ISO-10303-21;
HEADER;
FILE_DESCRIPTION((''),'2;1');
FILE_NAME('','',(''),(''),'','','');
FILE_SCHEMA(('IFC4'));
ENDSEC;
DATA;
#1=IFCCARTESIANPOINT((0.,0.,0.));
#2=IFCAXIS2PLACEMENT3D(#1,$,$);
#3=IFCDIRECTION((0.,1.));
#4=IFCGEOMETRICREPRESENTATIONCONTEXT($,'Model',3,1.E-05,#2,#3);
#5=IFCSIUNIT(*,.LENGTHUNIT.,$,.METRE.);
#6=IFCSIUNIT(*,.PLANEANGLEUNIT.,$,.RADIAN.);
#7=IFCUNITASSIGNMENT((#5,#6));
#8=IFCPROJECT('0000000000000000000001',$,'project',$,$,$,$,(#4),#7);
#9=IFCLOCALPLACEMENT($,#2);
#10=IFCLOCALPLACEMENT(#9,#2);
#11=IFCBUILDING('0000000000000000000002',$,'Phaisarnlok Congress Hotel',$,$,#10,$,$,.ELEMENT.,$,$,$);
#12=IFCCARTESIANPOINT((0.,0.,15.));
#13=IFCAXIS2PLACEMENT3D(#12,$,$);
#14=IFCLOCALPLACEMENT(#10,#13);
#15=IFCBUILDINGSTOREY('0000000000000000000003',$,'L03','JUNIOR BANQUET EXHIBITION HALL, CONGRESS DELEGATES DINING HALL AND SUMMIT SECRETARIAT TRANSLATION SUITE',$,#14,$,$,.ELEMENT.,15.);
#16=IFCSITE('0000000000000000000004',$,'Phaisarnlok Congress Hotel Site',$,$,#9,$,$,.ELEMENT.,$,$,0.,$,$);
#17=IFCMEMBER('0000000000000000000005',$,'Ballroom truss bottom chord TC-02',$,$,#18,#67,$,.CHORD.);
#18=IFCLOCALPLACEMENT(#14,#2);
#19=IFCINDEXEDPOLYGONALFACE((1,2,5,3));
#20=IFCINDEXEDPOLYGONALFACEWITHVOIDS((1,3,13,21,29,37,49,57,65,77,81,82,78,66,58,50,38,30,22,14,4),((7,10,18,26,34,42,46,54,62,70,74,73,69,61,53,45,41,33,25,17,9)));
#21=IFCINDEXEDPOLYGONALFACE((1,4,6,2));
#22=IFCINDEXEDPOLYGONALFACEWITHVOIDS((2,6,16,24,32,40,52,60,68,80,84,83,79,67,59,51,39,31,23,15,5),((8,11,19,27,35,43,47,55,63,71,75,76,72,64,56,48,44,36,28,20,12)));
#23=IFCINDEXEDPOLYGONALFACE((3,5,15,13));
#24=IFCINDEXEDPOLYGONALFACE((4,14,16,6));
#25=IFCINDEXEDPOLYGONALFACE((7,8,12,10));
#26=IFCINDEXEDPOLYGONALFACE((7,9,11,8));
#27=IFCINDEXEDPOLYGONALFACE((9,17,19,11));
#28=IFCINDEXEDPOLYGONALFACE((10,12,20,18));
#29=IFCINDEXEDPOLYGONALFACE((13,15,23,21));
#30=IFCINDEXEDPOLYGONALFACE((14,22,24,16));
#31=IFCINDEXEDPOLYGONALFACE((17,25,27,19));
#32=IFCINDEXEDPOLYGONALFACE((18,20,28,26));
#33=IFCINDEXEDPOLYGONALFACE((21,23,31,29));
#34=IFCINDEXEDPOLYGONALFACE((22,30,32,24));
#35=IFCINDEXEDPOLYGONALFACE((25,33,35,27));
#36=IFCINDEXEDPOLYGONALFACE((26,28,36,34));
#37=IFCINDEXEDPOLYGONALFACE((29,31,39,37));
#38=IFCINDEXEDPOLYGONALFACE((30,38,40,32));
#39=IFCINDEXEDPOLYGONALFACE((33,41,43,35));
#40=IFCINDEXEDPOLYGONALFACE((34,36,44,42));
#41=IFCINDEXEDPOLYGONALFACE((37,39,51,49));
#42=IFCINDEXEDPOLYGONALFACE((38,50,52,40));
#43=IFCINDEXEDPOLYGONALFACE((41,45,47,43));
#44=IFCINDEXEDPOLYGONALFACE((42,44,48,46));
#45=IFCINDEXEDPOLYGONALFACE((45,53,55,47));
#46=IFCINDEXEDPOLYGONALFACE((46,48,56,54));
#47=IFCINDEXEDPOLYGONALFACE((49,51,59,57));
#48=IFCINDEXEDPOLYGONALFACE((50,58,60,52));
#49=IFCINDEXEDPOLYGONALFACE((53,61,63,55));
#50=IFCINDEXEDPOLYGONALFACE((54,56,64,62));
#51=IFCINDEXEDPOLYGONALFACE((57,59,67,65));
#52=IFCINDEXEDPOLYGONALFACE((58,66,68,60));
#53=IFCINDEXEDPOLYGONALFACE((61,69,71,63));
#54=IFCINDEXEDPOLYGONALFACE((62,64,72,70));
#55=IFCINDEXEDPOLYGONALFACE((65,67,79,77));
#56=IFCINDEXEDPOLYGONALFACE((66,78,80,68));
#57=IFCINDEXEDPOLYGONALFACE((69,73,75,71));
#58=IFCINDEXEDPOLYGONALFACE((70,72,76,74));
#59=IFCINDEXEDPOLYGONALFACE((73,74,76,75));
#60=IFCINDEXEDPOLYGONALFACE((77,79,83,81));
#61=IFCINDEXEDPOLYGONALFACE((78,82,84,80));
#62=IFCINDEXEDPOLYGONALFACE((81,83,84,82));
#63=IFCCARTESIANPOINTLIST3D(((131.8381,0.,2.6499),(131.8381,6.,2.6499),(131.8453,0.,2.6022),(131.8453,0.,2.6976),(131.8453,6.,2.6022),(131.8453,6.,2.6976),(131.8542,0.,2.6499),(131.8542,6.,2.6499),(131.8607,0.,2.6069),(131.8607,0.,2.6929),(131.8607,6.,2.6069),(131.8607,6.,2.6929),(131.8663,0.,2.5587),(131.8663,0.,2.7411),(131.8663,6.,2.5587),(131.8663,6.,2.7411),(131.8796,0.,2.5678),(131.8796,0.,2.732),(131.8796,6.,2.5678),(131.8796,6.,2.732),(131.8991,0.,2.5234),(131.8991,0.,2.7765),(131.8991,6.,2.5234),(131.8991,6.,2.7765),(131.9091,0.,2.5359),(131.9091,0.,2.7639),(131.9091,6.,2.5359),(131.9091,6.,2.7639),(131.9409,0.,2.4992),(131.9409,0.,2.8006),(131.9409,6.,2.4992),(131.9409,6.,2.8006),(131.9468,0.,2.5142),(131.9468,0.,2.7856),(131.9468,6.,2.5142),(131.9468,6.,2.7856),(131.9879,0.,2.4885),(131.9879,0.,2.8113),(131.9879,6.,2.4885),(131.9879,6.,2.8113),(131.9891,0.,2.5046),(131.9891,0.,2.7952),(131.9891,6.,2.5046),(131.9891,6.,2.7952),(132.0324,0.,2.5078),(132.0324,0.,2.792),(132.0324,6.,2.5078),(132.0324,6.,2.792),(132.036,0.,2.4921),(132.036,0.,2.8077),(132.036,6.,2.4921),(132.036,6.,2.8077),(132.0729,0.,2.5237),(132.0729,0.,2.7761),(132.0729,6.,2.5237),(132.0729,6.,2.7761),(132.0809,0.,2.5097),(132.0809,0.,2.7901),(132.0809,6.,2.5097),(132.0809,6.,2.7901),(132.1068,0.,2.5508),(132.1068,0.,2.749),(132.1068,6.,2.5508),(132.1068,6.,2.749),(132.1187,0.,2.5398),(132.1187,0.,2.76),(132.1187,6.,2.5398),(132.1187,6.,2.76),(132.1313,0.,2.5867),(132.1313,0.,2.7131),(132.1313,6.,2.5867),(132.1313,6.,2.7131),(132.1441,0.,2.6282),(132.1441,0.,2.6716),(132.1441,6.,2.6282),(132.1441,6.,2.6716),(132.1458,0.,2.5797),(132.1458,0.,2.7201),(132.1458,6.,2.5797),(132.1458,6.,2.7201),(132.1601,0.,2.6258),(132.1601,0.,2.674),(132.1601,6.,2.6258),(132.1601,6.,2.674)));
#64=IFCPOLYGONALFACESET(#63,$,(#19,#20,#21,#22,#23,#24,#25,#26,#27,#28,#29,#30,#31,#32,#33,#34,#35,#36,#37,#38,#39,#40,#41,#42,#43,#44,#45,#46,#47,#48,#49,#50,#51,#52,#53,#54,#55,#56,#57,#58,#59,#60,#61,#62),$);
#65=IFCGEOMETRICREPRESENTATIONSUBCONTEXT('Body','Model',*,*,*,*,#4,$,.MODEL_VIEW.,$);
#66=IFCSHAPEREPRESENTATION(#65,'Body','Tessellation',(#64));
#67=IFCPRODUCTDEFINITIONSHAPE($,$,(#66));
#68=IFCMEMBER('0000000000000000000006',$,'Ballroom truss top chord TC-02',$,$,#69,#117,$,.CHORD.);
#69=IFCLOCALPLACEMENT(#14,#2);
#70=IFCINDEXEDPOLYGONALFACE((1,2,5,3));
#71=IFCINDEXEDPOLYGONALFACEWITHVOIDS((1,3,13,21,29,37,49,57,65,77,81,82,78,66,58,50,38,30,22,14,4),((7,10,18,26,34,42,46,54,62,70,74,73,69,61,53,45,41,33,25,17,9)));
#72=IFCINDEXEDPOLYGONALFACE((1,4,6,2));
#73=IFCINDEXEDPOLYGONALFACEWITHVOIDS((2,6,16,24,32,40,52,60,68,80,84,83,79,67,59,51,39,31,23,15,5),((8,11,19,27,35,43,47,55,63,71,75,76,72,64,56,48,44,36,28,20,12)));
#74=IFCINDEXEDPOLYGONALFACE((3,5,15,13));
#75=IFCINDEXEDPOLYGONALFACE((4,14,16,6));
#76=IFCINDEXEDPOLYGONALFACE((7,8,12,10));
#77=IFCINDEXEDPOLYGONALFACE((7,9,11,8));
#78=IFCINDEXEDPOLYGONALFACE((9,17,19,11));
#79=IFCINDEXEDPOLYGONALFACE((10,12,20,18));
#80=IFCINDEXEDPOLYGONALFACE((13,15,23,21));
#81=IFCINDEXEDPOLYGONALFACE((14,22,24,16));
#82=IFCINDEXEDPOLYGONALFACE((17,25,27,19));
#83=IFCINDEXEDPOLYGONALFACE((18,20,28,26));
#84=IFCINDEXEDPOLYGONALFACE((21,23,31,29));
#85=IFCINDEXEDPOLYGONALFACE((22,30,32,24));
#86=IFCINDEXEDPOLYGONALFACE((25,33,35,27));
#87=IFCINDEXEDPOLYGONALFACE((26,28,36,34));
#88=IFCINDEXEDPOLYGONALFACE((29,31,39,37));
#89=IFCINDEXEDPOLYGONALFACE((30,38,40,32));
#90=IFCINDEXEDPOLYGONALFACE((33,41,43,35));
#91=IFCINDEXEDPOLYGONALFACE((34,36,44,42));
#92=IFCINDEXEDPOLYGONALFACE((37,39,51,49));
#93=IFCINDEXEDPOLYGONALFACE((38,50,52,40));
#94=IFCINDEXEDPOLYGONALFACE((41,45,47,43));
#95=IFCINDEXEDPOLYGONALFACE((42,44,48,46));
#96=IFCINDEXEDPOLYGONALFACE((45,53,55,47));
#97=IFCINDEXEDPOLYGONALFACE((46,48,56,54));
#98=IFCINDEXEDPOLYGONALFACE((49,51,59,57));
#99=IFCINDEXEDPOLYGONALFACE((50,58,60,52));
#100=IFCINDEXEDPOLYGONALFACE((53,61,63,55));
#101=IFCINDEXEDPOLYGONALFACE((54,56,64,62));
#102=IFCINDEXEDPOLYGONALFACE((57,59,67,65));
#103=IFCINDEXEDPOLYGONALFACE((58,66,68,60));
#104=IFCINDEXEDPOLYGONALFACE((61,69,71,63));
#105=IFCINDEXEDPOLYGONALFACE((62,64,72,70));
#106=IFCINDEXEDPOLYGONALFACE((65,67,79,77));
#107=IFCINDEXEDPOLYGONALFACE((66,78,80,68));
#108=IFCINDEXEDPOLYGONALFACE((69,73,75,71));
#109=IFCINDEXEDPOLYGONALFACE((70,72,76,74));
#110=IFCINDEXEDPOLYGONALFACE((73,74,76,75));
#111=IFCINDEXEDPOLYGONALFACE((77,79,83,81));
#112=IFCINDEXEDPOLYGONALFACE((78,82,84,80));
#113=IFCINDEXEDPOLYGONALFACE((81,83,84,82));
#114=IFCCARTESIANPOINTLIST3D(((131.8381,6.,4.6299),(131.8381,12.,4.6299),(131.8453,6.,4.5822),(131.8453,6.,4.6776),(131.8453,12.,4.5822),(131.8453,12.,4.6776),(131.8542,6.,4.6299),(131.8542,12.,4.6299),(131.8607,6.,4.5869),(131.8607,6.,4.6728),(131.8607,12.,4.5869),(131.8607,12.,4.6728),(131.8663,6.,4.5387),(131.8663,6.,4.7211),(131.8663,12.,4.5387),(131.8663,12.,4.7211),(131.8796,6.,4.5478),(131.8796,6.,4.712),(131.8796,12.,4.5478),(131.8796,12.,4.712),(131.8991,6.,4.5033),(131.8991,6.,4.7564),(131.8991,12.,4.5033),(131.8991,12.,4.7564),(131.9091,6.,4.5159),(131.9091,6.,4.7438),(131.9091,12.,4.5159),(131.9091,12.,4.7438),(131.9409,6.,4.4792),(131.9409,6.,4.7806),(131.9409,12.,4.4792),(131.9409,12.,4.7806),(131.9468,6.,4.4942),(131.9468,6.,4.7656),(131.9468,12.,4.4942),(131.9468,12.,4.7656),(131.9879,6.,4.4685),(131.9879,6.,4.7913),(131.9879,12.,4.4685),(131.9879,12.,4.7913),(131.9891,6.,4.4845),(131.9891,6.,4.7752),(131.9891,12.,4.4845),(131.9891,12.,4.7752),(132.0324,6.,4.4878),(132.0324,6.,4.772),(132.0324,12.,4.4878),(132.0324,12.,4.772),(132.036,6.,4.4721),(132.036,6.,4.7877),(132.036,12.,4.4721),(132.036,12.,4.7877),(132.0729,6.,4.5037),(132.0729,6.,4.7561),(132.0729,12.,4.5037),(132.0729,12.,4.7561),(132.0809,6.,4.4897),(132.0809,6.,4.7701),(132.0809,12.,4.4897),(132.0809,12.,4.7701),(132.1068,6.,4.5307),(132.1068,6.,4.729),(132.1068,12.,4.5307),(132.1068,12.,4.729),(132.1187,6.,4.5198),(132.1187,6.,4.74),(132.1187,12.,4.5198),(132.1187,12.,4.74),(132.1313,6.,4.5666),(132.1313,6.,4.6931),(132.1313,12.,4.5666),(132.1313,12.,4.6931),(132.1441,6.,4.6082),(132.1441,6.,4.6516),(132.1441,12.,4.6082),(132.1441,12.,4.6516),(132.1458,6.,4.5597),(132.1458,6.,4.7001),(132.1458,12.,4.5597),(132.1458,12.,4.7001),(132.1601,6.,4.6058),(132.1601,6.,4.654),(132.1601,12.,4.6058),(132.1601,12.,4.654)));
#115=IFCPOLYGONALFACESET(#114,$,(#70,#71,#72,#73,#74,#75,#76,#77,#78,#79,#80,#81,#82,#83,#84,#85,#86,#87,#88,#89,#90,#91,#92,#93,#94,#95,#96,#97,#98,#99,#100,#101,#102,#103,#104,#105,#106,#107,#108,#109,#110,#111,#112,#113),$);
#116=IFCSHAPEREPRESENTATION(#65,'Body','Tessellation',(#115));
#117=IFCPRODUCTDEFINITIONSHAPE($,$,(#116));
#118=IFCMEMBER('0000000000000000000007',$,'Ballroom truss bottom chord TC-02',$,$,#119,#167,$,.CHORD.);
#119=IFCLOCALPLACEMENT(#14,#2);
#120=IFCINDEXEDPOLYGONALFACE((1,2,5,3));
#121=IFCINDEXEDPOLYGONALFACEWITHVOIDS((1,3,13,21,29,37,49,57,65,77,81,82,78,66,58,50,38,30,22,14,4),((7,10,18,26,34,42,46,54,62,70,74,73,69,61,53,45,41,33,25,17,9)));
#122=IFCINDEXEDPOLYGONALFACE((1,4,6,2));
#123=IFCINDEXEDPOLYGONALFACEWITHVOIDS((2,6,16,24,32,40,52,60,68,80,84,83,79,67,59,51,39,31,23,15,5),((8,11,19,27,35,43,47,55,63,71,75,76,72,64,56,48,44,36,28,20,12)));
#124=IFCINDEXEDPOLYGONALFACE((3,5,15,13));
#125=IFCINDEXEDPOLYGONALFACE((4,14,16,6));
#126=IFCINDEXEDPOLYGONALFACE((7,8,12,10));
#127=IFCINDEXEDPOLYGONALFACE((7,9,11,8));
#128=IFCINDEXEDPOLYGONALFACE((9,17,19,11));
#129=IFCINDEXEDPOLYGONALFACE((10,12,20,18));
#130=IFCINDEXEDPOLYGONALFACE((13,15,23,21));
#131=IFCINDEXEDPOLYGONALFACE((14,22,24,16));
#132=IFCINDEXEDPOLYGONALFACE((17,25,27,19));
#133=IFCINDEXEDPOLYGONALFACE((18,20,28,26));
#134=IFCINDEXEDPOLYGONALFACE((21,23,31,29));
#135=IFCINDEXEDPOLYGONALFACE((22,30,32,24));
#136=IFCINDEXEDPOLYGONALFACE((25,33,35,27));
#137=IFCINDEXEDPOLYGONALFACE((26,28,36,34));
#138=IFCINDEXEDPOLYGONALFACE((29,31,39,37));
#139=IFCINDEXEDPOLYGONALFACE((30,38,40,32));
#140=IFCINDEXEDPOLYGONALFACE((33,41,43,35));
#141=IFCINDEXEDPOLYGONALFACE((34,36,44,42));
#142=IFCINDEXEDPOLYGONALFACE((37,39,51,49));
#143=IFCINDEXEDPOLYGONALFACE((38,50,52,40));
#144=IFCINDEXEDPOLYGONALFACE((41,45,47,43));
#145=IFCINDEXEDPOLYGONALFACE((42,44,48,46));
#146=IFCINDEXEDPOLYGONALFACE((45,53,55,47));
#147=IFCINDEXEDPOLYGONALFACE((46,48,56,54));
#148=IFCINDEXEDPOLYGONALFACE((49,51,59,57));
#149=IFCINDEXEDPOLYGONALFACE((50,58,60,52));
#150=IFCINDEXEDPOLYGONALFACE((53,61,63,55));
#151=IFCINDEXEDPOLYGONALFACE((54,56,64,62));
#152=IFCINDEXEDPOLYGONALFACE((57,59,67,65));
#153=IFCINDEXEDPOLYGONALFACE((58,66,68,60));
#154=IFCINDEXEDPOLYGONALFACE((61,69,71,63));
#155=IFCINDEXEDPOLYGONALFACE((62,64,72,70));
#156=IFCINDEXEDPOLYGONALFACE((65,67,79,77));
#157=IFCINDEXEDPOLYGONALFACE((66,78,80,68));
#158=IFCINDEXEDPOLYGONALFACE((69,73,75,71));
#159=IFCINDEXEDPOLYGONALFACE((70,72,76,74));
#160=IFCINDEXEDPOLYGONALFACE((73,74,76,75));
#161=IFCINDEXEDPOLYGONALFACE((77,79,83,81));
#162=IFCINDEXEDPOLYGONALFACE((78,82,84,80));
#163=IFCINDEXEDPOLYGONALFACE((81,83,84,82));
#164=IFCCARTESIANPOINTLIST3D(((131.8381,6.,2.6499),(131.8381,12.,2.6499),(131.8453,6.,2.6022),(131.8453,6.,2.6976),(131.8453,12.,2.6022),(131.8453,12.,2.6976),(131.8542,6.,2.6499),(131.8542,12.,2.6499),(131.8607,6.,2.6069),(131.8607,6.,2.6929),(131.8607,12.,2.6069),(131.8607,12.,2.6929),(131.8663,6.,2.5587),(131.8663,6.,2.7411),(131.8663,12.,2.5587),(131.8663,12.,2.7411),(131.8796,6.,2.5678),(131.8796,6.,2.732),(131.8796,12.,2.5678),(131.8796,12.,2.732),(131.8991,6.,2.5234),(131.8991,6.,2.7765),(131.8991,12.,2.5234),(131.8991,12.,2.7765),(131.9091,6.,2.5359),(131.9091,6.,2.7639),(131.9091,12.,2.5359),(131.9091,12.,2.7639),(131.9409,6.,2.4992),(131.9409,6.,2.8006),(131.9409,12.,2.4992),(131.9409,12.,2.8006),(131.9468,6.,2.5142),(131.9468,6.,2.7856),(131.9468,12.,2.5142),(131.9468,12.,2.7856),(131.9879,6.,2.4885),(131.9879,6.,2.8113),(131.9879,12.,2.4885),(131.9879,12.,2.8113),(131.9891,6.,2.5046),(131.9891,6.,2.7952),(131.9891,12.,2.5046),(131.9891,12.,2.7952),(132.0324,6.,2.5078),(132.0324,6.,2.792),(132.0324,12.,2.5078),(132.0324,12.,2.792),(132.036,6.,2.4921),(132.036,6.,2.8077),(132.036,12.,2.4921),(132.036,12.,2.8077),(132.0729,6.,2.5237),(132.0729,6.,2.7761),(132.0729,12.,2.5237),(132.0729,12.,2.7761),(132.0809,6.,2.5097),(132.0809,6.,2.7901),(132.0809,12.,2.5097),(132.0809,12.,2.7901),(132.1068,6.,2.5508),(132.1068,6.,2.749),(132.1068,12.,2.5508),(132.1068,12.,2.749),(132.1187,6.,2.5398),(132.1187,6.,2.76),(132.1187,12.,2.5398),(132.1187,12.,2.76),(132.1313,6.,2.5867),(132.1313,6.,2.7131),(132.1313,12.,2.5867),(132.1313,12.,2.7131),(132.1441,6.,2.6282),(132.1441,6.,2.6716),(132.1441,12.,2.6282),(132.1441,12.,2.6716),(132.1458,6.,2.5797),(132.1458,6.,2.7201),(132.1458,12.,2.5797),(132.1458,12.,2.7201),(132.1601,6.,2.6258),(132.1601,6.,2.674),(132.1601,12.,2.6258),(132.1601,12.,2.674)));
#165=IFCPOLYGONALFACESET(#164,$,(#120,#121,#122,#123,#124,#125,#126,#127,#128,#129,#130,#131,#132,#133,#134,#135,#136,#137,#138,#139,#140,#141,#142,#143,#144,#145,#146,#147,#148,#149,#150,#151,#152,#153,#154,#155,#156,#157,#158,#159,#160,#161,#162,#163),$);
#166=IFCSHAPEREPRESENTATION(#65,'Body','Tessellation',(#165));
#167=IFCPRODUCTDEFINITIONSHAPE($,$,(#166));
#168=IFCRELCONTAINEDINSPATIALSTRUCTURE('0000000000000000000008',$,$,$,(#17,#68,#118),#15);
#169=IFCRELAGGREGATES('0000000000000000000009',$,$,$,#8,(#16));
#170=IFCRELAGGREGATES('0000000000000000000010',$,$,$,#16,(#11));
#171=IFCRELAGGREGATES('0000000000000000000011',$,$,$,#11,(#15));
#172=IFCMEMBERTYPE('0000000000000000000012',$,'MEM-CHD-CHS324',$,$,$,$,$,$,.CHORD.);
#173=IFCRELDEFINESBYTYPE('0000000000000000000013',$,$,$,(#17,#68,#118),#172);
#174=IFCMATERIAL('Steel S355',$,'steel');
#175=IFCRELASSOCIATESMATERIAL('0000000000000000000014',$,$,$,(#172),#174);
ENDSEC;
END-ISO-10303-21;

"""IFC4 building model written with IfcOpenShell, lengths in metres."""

from ifc_helpers import new_model, si_unit, direction, frame, origin, origin_2d, place, context, subcontext, project, spatial, hollow_circle, extrude, material, material_profile, profile_set, type_object, element, save


model = new_model("IFC4")

# Units and contexts
model_context = context("Model", 3, precision=1e-05, world=origin(), true_north=direction((0.0, 1.0)))
body_context = subcontext(model_context, "Body", "Model", "MODEL_VIEW")
ifc_project = project(units=[si_unit("LENGTHUNIT", "METRE"), si_unit("PLANEANGLEUNIT", "RADIAN")], contexts=[model_context])

# Site, building, storey
site_placement = place(None, origin())
site = spatial("IfcSite", under=ifc_project, at=site_placement, Name="Phaisarnlok Congress Hotel Site", CompositionType="ELEMENT", RefElevation=0.0)
building_placement = place(site_placement, origin())
building = spatial("IfcBuilding", under=site, at=building_placement, Name="Phaisarnlok Congress Hotel", CompositionType="ELEMENT")
storey_placement = place(building_placement, frame((0.0, 0.0, 15.0)))
storey = spatial("IfcBuildingStorey", under=building, at=storey_placement, Name="L03", Description="JUNIOR BANQUET EXHIBITION HALL, CONGRESS DELEGATES DINING HALL AND SUMMIT SECRETARIAT TRANSLATION SUITE", CompositionType="ELEMENT", Elevation=15.0)

# Members
ifc_material_1 = material(Name="Steel S355", Category="steel")
ifc_material_profile_1 = material_profile(ifc_material_1, hollow_circle(Radius=0.1619, WallThickness=0.0161, at=origin_2d()), Name="CHS 323.9x16")
ifc_profile_set_1 = profile_set([ifc_material_profile_1], Name="Steel S355")
member_type_1 = type_object("IfcMemberType", Name="MEM-CHD-CHS324", PredefinedType="CHORD", material=ifc_profile_set_1)
for number, where, z_axis, x_axis, name in (
    (1, (132.0, 0.0, 2.6499), (0.0, 1.0, 0.0), (-1.0, 0.0, 0.0), "Ballroom truss bottom chord TC-02"),
    (2, (132.0, 6.0, 4.6299), (0.0, 1.0, 0.0), (-1.0, 0.0, 0.0), "Ballroom truss top chord TC-02"),
    (3, (132.0, 6.0, 2.6499), (0.0, 1.0, 0.0), (-1.0, 0.0, 0.0), "Ballroom truss bottom chord TC-02"),
):
    element("IfcMember", number, at=place(storey_placement, frame(where, z_axis=z_axis, x_axis=x_axis)), inside=storey, type_object=member_type_1, Name=name, PredefinedType="CHORD", context=body_context, shape_type="SweptSolid", body=[
        extrude(hollow_circle(Radius=0.1619, WallThickness=0.0161, at=origin_2d()), origin(), (0.0, 0.0, 1.0), 6.0),
    ])

save(model, "model.ifc")
